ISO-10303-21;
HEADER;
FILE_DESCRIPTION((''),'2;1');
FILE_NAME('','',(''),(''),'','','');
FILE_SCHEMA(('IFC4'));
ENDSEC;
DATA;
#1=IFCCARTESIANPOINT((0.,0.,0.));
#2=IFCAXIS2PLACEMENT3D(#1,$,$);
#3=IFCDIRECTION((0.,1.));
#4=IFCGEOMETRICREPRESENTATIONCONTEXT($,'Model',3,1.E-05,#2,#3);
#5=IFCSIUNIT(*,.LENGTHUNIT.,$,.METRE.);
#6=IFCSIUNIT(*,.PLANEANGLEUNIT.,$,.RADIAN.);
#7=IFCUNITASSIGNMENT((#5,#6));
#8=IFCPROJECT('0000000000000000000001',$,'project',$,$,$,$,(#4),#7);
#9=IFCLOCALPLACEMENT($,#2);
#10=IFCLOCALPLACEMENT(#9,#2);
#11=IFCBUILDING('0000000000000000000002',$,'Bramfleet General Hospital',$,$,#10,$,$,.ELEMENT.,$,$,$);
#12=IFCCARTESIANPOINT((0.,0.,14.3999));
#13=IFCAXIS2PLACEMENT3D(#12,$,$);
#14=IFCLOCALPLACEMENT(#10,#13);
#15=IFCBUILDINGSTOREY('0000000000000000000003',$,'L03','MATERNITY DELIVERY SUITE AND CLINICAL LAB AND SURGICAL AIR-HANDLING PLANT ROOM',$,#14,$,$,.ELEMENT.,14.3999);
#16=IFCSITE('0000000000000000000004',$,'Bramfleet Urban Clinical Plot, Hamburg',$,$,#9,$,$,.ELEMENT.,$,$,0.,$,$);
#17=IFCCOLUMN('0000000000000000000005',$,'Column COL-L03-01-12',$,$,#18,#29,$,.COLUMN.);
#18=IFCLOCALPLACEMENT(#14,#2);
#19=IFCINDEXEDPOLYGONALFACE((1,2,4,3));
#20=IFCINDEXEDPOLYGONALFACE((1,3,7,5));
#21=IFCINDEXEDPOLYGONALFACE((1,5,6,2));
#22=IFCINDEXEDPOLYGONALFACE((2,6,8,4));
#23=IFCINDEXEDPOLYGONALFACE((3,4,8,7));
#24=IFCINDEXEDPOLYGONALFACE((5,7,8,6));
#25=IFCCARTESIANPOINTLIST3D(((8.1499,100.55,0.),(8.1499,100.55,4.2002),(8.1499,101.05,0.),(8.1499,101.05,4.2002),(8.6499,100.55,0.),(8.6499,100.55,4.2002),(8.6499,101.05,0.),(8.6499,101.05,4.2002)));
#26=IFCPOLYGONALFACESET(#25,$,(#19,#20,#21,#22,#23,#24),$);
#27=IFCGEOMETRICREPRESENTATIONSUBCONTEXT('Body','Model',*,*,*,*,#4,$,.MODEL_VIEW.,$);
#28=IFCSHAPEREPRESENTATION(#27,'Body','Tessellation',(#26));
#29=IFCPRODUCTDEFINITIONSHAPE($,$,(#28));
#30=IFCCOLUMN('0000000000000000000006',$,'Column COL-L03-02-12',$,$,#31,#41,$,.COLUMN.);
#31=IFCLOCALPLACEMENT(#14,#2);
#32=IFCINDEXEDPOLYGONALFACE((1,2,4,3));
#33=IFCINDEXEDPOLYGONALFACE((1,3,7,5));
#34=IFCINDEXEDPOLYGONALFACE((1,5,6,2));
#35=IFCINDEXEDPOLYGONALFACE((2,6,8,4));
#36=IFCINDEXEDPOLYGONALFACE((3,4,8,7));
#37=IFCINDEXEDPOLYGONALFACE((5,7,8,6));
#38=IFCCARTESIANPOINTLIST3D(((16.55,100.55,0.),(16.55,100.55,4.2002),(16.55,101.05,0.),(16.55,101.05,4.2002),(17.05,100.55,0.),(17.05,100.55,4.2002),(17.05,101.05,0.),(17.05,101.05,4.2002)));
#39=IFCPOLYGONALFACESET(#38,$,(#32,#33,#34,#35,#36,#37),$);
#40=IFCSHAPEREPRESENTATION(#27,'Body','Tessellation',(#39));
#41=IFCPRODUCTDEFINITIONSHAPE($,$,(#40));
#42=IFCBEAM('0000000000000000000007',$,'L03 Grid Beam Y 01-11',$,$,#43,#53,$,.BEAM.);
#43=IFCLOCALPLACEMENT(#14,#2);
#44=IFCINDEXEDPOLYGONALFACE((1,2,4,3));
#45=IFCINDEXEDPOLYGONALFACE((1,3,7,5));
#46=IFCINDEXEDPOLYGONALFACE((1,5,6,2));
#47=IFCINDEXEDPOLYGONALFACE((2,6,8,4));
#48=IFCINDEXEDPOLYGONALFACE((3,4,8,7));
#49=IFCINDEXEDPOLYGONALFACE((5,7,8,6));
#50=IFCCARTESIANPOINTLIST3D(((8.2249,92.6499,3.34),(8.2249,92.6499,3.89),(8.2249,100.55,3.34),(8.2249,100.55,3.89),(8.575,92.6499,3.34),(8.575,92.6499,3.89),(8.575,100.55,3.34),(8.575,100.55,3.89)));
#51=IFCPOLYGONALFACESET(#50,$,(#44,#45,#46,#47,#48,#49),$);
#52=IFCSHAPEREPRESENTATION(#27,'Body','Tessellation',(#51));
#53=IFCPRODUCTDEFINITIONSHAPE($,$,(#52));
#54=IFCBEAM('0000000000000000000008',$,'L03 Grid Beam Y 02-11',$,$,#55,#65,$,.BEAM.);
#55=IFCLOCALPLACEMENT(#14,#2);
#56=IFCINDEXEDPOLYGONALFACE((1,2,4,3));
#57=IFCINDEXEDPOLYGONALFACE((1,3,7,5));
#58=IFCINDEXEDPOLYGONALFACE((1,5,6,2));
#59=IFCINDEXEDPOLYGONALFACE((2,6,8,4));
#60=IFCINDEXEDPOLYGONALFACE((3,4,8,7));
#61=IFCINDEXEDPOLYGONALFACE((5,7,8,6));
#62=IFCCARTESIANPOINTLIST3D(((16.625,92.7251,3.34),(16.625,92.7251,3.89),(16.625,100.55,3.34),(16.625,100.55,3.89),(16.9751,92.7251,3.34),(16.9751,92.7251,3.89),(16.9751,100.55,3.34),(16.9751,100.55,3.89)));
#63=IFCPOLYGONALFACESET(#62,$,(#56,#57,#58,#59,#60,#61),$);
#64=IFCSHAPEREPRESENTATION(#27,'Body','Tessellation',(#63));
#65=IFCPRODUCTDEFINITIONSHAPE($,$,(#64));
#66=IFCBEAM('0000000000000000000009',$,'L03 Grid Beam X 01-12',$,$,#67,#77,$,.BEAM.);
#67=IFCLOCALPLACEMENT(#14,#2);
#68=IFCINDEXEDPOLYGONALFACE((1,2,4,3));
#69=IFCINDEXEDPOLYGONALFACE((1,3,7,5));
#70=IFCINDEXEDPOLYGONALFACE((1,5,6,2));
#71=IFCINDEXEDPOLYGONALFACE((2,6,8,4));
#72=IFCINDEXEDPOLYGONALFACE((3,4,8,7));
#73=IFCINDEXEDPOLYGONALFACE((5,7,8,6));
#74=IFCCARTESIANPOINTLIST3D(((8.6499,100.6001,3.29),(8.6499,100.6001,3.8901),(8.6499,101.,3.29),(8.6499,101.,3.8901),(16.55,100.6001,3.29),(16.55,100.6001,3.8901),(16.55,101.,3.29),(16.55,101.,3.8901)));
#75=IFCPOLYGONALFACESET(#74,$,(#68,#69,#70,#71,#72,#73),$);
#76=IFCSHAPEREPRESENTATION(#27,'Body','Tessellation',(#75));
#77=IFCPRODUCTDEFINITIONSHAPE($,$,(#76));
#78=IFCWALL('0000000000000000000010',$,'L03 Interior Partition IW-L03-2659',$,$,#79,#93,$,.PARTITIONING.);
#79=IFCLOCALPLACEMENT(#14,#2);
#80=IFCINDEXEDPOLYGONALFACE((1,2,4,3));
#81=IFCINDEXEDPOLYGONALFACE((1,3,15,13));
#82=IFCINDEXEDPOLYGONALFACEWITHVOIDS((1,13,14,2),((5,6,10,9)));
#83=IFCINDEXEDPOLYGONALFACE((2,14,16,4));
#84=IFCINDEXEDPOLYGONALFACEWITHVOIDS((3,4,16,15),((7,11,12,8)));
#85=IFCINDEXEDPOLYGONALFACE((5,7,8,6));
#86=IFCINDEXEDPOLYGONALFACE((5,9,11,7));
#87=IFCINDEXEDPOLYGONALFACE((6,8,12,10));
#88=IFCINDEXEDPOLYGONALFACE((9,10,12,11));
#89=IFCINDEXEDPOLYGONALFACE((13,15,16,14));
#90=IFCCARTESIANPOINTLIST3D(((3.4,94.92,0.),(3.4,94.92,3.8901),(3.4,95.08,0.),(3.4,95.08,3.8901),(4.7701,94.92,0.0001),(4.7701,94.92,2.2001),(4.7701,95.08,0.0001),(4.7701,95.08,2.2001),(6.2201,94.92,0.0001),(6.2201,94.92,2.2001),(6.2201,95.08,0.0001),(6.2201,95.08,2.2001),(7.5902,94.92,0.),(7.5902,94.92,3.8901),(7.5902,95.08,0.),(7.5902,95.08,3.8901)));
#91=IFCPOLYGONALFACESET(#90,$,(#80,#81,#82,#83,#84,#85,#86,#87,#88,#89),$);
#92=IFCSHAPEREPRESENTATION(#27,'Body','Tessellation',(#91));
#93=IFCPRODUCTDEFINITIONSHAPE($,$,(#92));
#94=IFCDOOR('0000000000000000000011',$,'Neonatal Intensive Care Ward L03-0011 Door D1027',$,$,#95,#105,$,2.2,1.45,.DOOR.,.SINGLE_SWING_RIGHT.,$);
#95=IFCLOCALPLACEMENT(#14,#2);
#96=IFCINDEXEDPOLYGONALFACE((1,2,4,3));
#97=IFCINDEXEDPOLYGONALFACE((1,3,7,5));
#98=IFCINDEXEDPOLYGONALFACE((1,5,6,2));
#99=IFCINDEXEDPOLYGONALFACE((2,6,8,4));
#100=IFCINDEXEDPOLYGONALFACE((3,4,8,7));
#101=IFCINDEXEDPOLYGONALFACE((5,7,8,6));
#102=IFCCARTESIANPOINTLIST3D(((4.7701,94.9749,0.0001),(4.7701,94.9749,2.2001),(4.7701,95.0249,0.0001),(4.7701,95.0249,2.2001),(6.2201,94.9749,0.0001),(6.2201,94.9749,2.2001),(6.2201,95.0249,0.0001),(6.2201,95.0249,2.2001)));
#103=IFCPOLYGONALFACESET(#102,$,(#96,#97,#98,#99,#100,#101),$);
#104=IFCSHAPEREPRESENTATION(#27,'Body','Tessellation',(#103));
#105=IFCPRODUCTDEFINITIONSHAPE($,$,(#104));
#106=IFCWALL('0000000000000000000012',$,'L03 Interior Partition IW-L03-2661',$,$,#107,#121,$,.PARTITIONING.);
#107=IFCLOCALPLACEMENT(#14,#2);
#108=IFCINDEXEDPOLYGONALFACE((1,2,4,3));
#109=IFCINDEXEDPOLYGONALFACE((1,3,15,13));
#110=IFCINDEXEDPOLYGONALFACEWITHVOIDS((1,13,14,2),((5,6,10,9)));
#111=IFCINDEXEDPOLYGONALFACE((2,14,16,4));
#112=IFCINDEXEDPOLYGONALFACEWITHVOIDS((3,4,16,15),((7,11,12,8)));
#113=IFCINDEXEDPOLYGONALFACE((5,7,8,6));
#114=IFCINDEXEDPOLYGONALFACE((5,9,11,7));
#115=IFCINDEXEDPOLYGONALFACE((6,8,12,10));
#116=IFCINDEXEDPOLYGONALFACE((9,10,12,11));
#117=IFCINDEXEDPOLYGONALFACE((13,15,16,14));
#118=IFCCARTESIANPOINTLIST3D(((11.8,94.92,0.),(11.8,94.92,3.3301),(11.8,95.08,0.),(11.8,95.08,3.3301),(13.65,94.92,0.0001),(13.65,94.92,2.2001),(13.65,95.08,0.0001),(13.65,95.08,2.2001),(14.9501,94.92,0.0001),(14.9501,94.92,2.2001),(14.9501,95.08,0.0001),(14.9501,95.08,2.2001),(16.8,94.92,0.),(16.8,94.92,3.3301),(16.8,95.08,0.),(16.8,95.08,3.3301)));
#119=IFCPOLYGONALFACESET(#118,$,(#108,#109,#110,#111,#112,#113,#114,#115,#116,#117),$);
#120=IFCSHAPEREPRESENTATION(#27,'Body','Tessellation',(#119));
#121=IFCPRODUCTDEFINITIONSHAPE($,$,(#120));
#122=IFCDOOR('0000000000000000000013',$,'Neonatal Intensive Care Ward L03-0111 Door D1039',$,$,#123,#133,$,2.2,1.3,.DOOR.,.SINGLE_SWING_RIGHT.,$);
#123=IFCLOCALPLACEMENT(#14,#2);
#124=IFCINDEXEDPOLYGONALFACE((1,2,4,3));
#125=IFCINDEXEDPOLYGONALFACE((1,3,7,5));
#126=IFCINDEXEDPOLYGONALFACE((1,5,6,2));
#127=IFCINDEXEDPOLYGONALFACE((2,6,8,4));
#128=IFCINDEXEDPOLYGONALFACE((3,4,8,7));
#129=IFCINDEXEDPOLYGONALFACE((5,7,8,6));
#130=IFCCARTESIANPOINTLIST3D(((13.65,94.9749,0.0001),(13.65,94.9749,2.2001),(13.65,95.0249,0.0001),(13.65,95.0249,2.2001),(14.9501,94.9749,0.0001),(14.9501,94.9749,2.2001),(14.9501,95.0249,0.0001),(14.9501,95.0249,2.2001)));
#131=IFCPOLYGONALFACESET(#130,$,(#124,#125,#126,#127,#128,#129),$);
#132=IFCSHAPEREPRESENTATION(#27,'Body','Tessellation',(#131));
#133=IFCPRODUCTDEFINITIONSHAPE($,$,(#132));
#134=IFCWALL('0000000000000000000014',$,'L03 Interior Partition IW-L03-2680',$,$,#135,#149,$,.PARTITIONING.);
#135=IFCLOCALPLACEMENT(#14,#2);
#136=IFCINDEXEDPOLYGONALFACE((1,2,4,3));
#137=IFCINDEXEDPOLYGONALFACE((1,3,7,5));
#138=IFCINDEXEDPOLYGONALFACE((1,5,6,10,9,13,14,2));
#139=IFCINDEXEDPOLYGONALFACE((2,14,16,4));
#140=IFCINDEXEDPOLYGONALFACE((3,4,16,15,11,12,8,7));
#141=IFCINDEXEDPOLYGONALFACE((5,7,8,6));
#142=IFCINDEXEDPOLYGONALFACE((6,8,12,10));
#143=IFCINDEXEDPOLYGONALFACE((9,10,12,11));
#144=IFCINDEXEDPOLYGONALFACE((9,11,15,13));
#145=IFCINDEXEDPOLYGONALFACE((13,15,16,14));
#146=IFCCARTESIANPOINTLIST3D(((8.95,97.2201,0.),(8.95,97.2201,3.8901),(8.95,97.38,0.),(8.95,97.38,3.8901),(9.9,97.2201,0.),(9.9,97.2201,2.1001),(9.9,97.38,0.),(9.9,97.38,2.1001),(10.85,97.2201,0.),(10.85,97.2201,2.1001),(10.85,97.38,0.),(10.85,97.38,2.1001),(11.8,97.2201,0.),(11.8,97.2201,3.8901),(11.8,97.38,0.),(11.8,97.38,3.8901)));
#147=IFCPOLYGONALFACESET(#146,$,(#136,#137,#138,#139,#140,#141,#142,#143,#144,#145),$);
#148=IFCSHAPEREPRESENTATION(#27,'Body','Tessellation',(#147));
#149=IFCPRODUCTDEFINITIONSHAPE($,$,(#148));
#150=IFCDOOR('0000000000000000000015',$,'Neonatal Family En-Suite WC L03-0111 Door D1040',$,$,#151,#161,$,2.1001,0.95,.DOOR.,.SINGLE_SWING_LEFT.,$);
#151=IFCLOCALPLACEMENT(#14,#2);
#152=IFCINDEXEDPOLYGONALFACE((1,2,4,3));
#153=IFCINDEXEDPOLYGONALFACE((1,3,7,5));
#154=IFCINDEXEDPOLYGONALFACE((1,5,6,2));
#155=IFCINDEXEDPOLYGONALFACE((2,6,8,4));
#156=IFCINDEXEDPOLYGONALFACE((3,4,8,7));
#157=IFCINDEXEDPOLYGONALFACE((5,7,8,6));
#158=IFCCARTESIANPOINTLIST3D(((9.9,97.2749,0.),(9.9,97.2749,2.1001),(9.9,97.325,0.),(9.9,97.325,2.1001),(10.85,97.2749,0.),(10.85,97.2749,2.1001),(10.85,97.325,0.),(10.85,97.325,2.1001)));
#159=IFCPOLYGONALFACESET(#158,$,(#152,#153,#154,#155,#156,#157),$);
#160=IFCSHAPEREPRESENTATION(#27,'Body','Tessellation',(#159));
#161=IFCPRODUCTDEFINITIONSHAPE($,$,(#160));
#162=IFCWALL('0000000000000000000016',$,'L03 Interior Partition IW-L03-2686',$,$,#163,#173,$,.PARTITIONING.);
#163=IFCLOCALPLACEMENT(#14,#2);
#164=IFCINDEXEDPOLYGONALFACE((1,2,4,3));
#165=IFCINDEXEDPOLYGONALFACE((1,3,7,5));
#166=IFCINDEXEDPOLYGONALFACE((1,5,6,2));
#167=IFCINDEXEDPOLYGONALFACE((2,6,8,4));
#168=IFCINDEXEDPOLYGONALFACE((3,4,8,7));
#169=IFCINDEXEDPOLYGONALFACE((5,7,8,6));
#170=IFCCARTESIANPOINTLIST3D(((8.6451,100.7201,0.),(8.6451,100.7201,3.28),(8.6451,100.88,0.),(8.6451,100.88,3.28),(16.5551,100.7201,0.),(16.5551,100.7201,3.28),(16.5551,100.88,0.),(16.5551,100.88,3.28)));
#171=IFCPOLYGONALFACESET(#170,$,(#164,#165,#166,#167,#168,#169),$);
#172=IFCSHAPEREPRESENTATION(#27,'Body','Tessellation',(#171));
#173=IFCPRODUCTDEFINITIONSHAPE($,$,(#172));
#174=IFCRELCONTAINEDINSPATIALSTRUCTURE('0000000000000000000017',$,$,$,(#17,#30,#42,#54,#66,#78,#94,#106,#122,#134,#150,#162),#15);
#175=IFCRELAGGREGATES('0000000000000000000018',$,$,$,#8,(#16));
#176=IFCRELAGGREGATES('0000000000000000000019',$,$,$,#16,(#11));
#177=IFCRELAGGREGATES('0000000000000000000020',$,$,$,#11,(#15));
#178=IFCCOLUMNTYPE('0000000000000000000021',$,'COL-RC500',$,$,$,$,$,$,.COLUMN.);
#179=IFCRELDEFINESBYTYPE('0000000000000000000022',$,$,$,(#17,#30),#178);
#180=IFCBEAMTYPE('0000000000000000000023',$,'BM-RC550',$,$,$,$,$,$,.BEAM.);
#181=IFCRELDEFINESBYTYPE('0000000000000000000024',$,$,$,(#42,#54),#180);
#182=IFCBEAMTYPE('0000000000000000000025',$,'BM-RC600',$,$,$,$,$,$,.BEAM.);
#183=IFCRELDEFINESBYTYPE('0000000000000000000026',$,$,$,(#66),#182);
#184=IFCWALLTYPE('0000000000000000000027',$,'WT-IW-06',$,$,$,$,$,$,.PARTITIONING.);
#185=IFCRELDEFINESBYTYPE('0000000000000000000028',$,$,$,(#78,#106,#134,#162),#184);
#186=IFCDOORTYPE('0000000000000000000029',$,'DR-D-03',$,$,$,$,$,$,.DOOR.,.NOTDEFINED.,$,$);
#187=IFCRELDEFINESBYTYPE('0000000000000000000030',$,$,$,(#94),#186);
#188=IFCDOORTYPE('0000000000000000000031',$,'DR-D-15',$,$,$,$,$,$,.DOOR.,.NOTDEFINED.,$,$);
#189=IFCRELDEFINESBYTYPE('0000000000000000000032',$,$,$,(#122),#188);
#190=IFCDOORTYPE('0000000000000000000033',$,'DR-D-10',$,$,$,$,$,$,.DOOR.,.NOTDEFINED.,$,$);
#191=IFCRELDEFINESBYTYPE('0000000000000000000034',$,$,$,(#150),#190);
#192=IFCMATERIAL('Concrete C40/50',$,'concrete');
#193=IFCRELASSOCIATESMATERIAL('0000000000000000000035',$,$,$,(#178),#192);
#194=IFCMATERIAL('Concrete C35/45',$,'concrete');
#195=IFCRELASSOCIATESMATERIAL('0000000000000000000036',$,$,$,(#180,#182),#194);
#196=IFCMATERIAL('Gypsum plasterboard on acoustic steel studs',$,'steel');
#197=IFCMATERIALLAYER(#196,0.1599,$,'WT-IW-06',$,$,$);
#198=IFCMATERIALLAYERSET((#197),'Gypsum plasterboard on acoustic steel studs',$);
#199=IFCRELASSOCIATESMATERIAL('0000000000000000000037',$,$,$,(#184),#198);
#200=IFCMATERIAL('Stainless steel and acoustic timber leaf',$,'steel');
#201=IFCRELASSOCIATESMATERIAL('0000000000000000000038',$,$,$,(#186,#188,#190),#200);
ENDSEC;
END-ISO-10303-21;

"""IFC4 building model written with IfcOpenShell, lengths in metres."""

from ifc_helpers import new_model, si_unit, direction, frame, frame_2d, origin, origin_2d, place, context, subcontext, project, spatial, rectangle, extrude, material, layer, layer_set, material_profile, profile_set, type_object, element, fill, save


model = new_model("IFC4")

# Units and contexts
model_context = context("Model", 3, precision=1e-05, world=origin(), true_north=direction((0.0, 1.0)))
body_context = subcontext(model_context, "Body", "Model", "MODEL_VIEW")
ifc_project = project(units=[si_unit("LENGTHUNIT", "METRE"), si_unit("PLANEANGLEUNIT", "RADIAN")], contexts=[model_context])

# Site, building, storey
site_placement = place(None, origin())
site = spatial("IfcSite", under=ifc_project, at=site_placement, Name="Bramfleet Urban Clinical Plot, Hamburg", CompositionType="ELEMENT", RefElevation=0.0)
building_placement = place(site_placement, origin())
building = spatial("IfcBuilding", under=site, at=building_placement, Name="Bramfleet General Hospital", CompositionType="ELEMENT")
storey_placement = place(building_placement, frame((0.0, 0.0, 14.3999)))
storey = spatial("IfcBuildingStorey", under=building, at=storey_placement, Name="L03", Description="MATERNITY DELIVERY SUITE AND CLINICAL LAB AND SURGICAL AIR-HANDLING PLANT ROOM", CompositionType="ELEMENT", Elevation=14.3999)

# Columns
ifc_material_1 = material(Name="Concrete C40/50", Category="concrete")
ifc_material_profile_1 = material_profile(ifc_material_1, rectangle(XDim=0.5, YDim=0.5, at=origin_2d()), Name="RC COL 500x500")
ifc_profile_set_1 = profile_set([ifc_material_profile_1], Name="Concrete C40/50")
column_type = type_object("IfcColumnType", Name="COL-RC500", PredefinedType="COLUMN", material=ifc_profile_set_1)
for number, where, z_axis, x_axis, name in (
    (1, (8.3999, 100.8, 0.0), (0.0, 0.0, 1.0), (1.0, 0.0, 0.0), "Column COL-L03-01-12"),
    (2, (16.8, 100.8, 0.0), (0.0, 0.0, 1.0), (1.0, 0.0, 0.0), "Column COL-L03-02-12"),
):
    element("IfcColumn", number, at=place(storey_placement, frame(where, z_axis=z_axis, x_axis=x_axis)), inside=storey, type_object=column_type, Name=name, PredefinedType="COLUMN", context=body_context, shape_type="SweptSolid", body=[
        extrude(rectangle(XDim=0.5, YDim=0.5, at=origin_2d()), origin(), (0.0, 0.0, 1.0), 4.2002),
    ])

# Beams
ifc_material_2 = material(Name="Concrete C35/45", Category="concrete")
ifc_material_profile_2 = material_profile(ifc_material_2, rectangle(XDim=0.3501, YDim=0.55, at=origin_2d()), Name="RC BM 550x350")
ifc_profile_set_2 = profile_set([ifc_material_profile_2], Name="Concrete C35/45")
beam_type_1 = type_object("IfcBeamType", Name="BM-RC550", PredefinedType="BEAM", material=ifc_profile_set_2)
beam_1_placement = place(storey_placement, frame((8.3999, 92.6499, 3.615), z_axis=(0.0, 1.0, 0.0), x_axis=(-1.0, 0.0, 0.0)))
element("IfcBeam", 3, at=beam_1_placement, inside=storey, type_object=beam_type_1, Name="L03 Grid Beam Y 01-11", PredefinedType="BEAM", context=body_context, shape_type="SweptSolid", body=[
    extrude(rectangle(XDim=0.3501, YDim=0.55, at=origin_2d()), origin(), (0.0, 0.0, 1.0), 7.9001),
])
beam_2_placement = place(storey_placement, frame((16.8, 92.7251, 3.615), z_axis=(0.0, 1.0, 0.0), x_axis=(-1.0, 0.0, 0.0)))
element("IfcBeam", 4, at=beam_2_placement, inside=storey, type_object=beam_type_1, Name="L03 Grid Beam Y 02-11", PredefinedType="BEAM", context=body_context, shape_type="SweptSolid", body=[
    extrude(rectangle(XDim=0.3501, YDim=0.55, at=origin_2d()), origin(), (0.0, 0.0, 1.0), 7.825),
])
ifc_material_profile_3 = material_profile(ifc_material_2, rectangle(XDim=0.3999, YDim=0.6001, at=origin_2d()), Name="RC BM 600x400")
ifc_profile_set_3 = profile_set([ifc_material_profile_3], Name="Concrete C35/45")
beam_type_2 = type_object("IfcBeamType", Name="BM-RC600", PredefinedType="BEAM", material=ifc_profile_set_3)
beam_3_placement = place(storey_placement, frame((8.6499, 100.8, 3.5901), z_axis=(1.0, 0.0, 0.0), x_axis=(0.0, 1.0, 0.0)))
element("IfcBeam", 5, at=beam_3_placement, inside=storey, type_object=beam_type_2, Name="L03 Grid Beam X 01-12", PredefinedType="BEAM", context=body_context, shape_type="SweptSolid", body=[
    extrude(rectangle(XDim=0.3999, YDim=0.6001, at=origin_2d()), origin(), (0.0, 0.0, 1.0), 7.9001),
])

# Walls, openings, doors
ifc_material_3 = material(Name="Gypsum plasterboard on acoustic steel studs", Category="steel")
ifc_layer_1 = layer(ifc_material_3, 0.1599, Name="WT-IW-06")
ifc_layer_set_1 = layer_set([ifc_layer_1], Name="Gypsum plasterboard on acoustic steel studs")
wall_type_1 = type_object("IfcWallType", Name="WT-IW-06", PredefinedType="PARTITIONING", material=ifc_layer_set_1)
wall_1_placement = place(storey_placement, frame((3.3999, 95.0, 0.0), z_axis=(0.0, 0.0, 1.0), x_axis=(1.0, 0.0, 0.0)))
wall_1 = element("IfcWall", 6, at=wall_1_placement, inside=storey, type_object=wall_type_1, Name="L03 Interior Partition IW-L03-2659", PredefinedType="PARTITIONING", context=body_context, shape_type="SweptSolid", body=[
    extrude(rectangle(XDim=4.1902, YDim=0.1599, at=frame_2d((2.0952, 0.0))), origin(), (0.0, 0.0, 1.0), 3.8901),
])
opening_1_placement = place(wall_1_placement, frame((1.3701, 0.0, 0.0)))
opening_1 = element("IfcOpeningElement", 7, at=opening_1_placement, cuts=wall_1, PredefinedType="OPENING", context=body_context, shape_type="SweptSolid", body=[
    extrude(rectangle(XDim=1.45, YDim=2.2, at=frame_2d((0.7251, 1.1001))), frame((0.0, 0.0898, 0.0), z_axis=(0.0, -1.0, 0.0), x_axis=(1.0, 0.0, 0.0)), (0.0, 0.0, 1.0), 0.1799),
])
ifc_material_4 = material(Name="Stainless steel and acoustic timber leaf", Category="steel")
door_type_1 = type_object("IfcDoorType", Name="DR-D-03", OperationType="NOTDEFINED", PredefinedType="DOOR", material=ifc_material_4)
door_1_placement = place(opening_1_placement, origin())
door_1 = element("IfcDoor", 8, at=door_1_placement, inside=storey, type_object=door_type_1, Name="Neonatal Intensive Care Ward L03-0011 Door D1027", OperationType="SINGLE_SWING_RIGHT", OverallHeight=2.2, OverallWidth=1.45, PredefinedType="DOOR", context=body_context, shape_type="SweptSolid", body=[
    extrude(rectangle(XDim=1.45, YDim=2.2, at=frame_2d((0.7251, 1.1001))), frame((0.0, 0.0249, 0.0), z_axis=(0.0, -1.0, 0.0), x_axis=(1.0, 0.0, 0.0)), (0.0, 0.0, 1.0), 0.05),
])
fill(opening_1, door_1)
wall_2_placement = place(storey_placement, frame((11.8, 95.0, 0.0), z_axis=(0.0, 0.0, 1.0), x_axis=(1.0, 0.0, 0.0)))
wall_2 = element("IfcWall", 9, at=wall_2_placement, inside=storey, type_object=wall_type_1, Name="L03 Interior Partition IW-L03-2661", PredefinedType="PARTITIONING", context=body_context, shape_type="SweptSolid", body=[
    extrude(rectangle(XDim=5.0, YDim=0.1599, at=frame_2d((2.5, 0.0))), origin(), (0.0, 0.0, 1.0), 3.3301),
])
opening_2_placement = place(wall_2_placement, frame((1.8501, 0.0, 0.0)))
opening_2 = element("IfcOpeningElement", 10, at=opening_2_placement, cuts=wall_2, PredefinedType="OPENING", context=body_context, shape_type="SweptSolid", body=[
    extrude(rectangle(XDim=1.3, YDim=2.2, at=frame_2d((0.6499, 1.1001))), frame((0.0, 0.0898, 0.0), z_axis=(0.0, -1.0, 0.0), x_axis=(1.0, 0.0, 0.0)), (0.0, 0.0, 1.0), 0.1799),
])
door_type_2 = type_object("IfcDoorType", Name="DR-D-15", OperationType="NOTDEFINED", PredefinedType="DOOR", material=ifc_material_4)
door_2_placement = place(opening_2_placement, origin())
door_2 = element("IfcDoor", 11, at=door_2_placement, inside=storey, type_object=door_type_2, Name="Neonatal Intensive Care Ward L03-0111 Door D1039", OperationType="SINGLE_SWING_RIGHT", OverallHeight=2.2, OverallWidth=1.3, PredefinedType="DOOR", context=body_context, shape_type="SweptSolid", body=[
    extrude(rectangle(XDim=1.3, YDim=2.2, at=frame_2d((0.6499, 1.1001))), frame((0.0, 0.0249, 0.0), z_axis=(0.0, -1.0, 0.0), x_axis=(1.0, 0.0, 0.0)), (0.0, 0.0, 1.0), 0.05),
])
fill(opening_2, door_2)
wall_3_placement = place(storey_placement, frame((8.95, 97.3, 0.0), z_axis=(0.0, 0.0, 1.0), x_axis=(1.0, 0.0, 0.0)))
wall_3 = element("IfcWall", 12, at=wall_3_placement, inside=storey, type_object=wall_type_1, Name="L03 Interior Partition IW-L03-2680", PredefinedType="PARTITIONING", context=body_context, shape_type="SweptSolid", body=[
    extrude(rectangle(XDim=2.8501, YDim=0.1599, at=frame_2d((1.425, 0.0))), origin(), (0.0, 0.0, 1.0), 3.8901),
])
opening_3_placement = place(wall_3_placement, frame((0.95, 0.0, 0.0)))
opening_3 = element("IfcOpeningElement", 13, at=opening_3_placement, cuts=wall_3, PredefinedType="OPENING", context=body_context, shape_type="SweptSolid", body=[
    extrude(rectangle(XDim=0.95, YDim=2.1001, at=frame_2d((0.4751, 1.05))), frame((0.0, 0.0898, 0.0), z_axis=(0.0, -1.0, 0.0), x_axis=(1.0, 0.0, 0.0)), (0.0, 0.0, 1.0), 0.1799),
])
door_type_3 = type_object("IfcDoorType", Name="DR-D-10", OperationType="NOTDEFINED", PredefinedType="DOOR", material=ifc_material_4)
door_3_placement = place(opening_3_placement, origin())
door_3 = element("IfcDoor", 14, at=door_3_placement, inside=storey, type_object=door_type_3, Name="Neonatal Family En-Suite WC L03-0111 Door D1040", OperationType="SINGLE_SWING_LEFT", OverallHeight=2.1001, OverallWidth=0.95, PredefinedType="DOOR", context=body_context, shape_type="SweptSolid", body=[
    extrude(rectangle(XDim=0.95, YDim=2.1001, at=frame_2d((0.4751, 1.05))), frame((0.0, 0.0249, 0.0), z_axis=(0.0, -1.0, 0.0), x_axis=(1.0, 0.0, 0.0)), (0.0, 0.0, 1.0), 0.05),
])
fill(opening_3, door_3)

# Wall
wall_4_placement = place(storey_placement, frame((8.645, 100.8, 0.0), z_axis=(0.0, 0.0, 1.0), x_axis=(1.0, 0.0, 0.0)))
element("IfcWall", 15, at=wall_4_placement, inside=storey, type_object=wall_type_1, Name="L03 Interior Partition IW-L03-2686", PredefinedType="PARTITIONING", context=body_context, shape_type="SweptSolid", body=[
    extrude(rectangle(XDim=7.9099, YDim=0.1599, at=frame_2d((3.9551, 0.0))), origin(), (0.0, 0.0, 1.0), 3.28),
])

save(model, "model.ifc")
